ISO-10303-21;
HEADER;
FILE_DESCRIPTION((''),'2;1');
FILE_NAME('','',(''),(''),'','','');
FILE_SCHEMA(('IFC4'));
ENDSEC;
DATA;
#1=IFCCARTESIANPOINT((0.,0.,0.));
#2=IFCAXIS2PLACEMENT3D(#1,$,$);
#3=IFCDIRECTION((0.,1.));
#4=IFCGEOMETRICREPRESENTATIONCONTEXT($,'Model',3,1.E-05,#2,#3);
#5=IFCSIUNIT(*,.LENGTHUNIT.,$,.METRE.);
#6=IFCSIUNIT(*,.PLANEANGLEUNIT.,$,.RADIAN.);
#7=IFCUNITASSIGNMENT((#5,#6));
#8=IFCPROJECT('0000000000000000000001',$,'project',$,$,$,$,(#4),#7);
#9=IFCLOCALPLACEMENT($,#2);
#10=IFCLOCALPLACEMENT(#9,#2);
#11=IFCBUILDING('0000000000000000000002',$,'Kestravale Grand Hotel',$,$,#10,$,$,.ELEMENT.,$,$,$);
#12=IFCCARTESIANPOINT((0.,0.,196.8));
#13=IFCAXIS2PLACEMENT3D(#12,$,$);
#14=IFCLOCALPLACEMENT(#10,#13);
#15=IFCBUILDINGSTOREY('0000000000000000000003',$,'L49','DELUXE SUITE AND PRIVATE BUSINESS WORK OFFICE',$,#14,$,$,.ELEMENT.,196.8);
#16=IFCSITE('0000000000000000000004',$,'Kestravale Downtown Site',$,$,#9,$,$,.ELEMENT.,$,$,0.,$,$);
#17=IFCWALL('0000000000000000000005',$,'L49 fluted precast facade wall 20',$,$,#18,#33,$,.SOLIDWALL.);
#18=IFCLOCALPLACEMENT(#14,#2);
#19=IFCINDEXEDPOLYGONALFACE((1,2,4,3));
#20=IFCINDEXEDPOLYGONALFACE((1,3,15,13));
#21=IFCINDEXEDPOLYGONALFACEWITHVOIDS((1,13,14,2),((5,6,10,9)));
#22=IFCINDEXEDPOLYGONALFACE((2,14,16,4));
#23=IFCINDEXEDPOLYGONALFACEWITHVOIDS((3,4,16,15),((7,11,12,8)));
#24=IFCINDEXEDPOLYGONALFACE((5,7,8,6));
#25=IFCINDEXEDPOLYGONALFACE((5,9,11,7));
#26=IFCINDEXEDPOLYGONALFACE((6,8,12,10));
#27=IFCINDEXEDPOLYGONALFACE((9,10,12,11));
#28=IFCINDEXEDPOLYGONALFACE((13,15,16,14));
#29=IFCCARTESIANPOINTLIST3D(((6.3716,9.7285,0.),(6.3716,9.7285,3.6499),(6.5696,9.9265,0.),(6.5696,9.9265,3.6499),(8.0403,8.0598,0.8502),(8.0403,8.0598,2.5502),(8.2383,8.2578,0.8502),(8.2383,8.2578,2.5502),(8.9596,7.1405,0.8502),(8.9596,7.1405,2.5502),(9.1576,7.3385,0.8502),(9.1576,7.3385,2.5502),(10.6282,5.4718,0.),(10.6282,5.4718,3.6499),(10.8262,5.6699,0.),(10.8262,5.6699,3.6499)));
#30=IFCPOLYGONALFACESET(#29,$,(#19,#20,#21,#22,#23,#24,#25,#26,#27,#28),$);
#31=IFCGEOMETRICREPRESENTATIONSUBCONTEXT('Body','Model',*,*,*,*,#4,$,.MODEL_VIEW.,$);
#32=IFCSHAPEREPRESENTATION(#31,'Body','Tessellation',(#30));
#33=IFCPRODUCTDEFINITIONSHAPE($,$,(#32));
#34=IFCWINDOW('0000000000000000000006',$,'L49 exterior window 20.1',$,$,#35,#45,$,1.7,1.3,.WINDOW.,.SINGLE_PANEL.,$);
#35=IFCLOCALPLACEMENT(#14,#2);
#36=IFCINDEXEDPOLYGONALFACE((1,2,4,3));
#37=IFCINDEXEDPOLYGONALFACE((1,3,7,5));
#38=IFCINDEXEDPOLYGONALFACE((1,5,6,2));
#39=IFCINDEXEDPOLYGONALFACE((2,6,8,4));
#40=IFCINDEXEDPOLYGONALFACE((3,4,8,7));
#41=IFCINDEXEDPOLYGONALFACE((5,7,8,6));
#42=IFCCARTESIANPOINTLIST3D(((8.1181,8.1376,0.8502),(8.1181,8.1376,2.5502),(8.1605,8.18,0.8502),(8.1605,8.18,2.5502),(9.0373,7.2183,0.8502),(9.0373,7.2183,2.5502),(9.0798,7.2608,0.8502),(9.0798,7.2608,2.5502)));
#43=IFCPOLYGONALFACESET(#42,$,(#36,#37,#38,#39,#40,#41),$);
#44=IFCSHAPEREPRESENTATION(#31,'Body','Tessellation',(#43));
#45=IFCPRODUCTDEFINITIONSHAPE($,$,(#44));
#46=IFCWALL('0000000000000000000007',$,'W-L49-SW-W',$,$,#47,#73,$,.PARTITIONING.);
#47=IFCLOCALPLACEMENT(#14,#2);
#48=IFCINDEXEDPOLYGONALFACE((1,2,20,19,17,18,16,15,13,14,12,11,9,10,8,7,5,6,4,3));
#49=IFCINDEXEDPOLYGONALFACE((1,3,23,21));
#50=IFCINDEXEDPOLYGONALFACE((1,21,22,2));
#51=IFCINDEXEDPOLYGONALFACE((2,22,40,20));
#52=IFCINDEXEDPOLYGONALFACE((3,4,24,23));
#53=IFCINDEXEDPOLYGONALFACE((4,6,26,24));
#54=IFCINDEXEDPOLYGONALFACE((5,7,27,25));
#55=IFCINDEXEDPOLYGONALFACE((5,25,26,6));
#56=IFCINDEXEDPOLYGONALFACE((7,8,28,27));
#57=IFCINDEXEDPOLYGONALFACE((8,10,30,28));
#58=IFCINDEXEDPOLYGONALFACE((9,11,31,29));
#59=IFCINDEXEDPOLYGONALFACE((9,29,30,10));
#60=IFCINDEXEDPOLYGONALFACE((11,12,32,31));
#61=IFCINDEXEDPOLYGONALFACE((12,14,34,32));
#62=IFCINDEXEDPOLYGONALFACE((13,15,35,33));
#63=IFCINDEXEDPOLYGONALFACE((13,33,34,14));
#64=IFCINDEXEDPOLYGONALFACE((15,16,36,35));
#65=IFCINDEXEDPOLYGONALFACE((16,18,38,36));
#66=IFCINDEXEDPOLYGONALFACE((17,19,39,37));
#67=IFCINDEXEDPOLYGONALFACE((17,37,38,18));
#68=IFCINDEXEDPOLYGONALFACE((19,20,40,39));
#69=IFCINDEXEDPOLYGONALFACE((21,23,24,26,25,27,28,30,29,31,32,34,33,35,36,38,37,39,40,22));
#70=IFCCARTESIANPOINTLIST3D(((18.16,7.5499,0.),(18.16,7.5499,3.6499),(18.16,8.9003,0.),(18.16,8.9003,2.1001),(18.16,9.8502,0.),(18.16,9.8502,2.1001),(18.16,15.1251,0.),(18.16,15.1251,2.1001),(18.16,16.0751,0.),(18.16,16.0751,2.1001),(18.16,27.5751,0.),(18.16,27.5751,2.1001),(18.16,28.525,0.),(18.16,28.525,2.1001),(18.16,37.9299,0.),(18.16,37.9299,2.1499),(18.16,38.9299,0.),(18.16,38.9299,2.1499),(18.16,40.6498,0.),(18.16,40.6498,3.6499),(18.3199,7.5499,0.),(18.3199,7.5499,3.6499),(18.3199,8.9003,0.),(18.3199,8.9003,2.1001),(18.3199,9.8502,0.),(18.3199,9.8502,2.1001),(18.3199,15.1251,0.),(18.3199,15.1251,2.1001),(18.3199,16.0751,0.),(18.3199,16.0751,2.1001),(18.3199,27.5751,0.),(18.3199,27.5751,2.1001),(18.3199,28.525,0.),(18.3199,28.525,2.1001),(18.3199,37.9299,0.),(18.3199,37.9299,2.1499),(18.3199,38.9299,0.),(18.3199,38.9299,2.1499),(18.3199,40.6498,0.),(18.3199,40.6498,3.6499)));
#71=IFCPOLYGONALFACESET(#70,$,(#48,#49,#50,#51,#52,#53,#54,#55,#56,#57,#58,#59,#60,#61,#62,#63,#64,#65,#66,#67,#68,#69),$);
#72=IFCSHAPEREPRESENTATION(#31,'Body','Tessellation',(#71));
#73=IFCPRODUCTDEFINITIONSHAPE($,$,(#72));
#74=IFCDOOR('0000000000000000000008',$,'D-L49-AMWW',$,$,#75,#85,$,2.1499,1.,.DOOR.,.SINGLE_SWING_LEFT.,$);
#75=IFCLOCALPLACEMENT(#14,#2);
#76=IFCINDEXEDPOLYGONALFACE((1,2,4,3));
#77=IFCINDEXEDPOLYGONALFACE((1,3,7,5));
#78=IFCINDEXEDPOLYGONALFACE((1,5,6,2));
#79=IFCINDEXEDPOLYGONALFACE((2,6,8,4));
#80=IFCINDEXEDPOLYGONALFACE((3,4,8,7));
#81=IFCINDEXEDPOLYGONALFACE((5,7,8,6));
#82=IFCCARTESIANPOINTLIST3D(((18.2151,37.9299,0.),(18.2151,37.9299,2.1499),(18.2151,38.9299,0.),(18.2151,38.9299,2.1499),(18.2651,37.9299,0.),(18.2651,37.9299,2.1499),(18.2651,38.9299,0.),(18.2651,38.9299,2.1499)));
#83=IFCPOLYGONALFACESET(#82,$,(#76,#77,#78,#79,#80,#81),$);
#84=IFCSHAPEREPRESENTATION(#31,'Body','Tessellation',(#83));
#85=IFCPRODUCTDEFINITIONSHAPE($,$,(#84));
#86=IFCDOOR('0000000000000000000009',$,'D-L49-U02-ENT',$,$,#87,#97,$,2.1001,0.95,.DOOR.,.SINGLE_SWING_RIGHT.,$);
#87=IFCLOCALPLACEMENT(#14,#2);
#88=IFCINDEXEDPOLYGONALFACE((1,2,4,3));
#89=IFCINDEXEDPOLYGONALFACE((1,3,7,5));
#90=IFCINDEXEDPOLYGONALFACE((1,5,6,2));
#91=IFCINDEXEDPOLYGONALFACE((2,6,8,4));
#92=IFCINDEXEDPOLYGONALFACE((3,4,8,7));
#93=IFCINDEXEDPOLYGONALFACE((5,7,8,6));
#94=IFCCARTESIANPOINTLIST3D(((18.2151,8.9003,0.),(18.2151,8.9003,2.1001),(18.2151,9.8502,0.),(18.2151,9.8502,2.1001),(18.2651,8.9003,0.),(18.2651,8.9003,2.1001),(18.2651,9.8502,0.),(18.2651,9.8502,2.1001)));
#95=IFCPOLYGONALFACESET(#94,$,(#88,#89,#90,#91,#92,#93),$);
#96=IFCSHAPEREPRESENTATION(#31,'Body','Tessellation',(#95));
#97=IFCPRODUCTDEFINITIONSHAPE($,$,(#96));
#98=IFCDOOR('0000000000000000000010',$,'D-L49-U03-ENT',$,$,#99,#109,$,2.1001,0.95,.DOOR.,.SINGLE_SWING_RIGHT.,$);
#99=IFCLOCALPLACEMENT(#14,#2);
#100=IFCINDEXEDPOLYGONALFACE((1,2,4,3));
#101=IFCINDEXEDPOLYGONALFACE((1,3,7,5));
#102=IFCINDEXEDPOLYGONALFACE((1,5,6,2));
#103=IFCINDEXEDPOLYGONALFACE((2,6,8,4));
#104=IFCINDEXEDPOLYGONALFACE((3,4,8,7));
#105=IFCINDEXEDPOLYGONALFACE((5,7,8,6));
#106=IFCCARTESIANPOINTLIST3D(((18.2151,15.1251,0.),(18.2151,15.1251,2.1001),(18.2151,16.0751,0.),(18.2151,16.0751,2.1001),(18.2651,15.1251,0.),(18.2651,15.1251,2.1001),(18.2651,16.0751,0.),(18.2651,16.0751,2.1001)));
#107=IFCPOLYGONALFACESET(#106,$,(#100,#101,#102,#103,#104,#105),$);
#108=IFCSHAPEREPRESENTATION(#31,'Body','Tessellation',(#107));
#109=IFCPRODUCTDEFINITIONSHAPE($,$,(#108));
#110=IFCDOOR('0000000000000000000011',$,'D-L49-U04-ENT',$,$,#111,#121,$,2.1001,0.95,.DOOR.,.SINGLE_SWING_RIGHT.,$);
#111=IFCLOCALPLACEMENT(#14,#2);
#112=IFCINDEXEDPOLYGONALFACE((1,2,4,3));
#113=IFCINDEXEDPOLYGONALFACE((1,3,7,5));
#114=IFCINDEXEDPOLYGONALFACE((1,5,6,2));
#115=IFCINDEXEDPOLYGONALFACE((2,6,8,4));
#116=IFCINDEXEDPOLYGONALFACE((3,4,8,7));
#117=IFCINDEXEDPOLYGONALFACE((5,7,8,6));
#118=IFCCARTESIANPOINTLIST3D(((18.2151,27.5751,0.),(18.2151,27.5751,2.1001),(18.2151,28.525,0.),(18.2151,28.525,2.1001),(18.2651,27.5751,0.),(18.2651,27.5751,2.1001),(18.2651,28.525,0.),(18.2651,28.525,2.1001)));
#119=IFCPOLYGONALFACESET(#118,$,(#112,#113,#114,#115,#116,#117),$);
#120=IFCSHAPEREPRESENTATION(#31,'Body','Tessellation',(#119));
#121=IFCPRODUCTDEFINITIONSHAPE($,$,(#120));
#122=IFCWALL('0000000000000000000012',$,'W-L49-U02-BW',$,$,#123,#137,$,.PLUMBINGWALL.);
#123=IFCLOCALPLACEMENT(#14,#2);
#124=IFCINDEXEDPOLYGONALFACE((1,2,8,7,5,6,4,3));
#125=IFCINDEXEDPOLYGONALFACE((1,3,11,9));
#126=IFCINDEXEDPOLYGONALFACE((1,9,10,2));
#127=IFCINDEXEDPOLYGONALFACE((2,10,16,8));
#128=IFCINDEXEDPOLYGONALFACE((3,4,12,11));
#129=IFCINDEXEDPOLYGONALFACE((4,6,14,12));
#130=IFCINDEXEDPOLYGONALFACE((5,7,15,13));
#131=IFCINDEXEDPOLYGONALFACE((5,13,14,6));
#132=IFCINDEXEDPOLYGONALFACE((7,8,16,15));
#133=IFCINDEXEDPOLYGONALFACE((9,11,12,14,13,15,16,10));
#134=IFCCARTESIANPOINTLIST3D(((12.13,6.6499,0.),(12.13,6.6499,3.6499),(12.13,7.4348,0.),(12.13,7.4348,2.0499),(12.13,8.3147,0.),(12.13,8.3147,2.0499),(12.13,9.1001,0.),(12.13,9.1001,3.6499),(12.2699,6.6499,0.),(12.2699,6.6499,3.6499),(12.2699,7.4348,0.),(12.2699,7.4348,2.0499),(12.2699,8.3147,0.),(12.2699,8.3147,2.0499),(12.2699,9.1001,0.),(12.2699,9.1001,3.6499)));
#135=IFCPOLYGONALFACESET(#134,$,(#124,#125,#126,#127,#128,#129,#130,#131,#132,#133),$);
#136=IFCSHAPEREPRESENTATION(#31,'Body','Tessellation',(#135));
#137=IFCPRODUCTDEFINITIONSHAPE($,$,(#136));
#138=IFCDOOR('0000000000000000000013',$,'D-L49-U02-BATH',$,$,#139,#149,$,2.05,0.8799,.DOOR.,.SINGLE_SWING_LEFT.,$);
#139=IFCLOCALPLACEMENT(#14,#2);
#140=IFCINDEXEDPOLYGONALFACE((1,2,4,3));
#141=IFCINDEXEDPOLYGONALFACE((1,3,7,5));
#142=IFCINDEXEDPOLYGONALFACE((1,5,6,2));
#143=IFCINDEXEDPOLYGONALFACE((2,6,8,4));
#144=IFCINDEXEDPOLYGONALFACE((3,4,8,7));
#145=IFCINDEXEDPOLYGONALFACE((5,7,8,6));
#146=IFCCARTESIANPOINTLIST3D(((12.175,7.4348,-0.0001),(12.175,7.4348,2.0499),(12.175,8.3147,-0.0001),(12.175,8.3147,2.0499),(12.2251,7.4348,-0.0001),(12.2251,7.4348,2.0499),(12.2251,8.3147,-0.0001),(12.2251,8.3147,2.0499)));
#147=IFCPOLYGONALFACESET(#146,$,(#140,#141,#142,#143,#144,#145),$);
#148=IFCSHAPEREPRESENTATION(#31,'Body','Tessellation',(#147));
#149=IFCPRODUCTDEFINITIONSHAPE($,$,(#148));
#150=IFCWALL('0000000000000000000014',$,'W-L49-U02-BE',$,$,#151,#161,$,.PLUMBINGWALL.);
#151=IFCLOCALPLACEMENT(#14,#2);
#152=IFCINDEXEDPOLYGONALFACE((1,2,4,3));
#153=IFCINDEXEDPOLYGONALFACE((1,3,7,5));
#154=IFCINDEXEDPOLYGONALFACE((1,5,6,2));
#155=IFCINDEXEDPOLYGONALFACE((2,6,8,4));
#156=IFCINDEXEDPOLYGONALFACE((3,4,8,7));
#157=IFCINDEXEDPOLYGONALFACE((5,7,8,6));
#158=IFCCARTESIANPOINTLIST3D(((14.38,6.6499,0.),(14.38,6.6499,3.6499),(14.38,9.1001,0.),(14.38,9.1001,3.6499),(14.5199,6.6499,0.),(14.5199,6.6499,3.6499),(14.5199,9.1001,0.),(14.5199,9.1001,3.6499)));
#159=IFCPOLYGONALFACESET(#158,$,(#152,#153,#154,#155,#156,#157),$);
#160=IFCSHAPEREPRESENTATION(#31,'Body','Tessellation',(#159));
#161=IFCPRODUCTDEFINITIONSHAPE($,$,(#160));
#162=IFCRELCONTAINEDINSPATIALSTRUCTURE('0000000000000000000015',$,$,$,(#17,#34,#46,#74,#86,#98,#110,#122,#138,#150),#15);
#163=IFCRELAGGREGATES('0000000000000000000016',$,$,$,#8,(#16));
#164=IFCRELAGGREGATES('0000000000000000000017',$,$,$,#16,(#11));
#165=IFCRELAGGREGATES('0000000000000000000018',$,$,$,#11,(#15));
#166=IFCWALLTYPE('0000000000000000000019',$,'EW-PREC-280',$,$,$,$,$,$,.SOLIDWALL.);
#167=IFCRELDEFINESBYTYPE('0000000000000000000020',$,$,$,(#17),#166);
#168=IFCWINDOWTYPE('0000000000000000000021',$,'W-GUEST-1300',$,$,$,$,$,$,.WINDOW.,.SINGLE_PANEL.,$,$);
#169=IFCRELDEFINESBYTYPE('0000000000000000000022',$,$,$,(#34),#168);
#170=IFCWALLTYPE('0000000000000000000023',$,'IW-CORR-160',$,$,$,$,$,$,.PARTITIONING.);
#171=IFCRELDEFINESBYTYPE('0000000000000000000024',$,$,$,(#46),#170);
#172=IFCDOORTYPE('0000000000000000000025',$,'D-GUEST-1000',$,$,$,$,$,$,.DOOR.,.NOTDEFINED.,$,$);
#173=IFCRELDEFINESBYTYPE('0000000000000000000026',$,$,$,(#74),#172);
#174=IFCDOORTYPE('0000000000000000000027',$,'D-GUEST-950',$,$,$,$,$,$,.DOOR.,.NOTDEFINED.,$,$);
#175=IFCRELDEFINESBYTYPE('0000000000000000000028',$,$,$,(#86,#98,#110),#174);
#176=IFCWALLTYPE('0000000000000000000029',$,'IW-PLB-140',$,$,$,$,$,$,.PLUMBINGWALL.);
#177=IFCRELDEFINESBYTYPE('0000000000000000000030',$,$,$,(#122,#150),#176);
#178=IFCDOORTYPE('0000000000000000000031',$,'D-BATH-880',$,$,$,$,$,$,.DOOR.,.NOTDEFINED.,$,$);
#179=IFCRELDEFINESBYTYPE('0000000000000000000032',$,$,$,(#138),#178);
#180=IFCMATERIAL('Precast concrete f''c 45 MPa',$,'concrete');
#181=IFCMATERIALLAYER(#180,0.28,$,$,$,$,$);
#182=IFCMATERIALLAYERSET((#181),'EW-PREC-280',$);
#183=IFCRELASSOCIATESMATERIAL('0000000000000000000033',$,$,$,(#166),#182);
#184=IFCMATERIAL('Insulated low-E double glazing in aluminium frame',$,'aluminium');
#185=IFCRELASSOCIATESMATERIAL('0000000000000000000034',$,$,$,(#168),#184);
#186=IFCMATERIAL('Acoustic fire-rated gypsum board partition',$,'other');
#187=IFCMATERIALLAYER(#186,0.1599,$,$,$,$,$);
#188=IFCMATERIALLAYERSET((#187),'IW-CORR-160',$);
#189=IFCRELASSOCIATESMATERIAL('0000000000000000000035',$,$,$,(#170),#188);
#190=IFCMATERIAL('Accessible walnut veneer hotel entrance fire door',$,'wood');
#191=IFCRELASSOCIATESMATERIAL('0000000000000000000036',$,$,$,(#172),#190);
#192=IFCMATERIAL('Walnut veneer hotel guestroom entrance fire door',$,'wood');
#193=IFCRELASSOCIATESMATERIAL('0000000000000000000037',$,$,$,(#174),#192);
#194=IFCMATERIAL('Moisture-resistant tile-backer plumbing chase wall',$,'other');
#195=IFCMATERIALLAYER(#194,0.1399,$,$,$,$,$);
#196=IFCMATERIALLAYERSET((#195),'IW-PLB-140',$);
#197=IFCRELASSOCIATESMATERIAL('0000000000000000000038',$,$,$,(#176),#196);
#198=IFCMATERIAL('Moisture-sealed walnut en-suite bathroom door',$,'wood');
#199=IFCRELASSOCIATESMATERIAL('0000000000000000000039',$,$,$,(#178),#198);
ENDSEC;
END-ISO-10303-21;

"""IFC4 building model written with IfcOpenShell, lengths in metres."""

from ifc_helpers import new_model, si_unit, direction, frame, frame_2d, origin, place, context, subcontext, project, spatial, rectangle, extrude, material, layer, layer_set, type_object, element, fill, save


model = new_model("IFC4")

# Units and contexts
model_context = context("Model", 3, precision=1e-05, world=origin(), true_north=direction((0.0, 1.0)))
body_context = subcontext(model_context, "Body", "Model", "MODEL_VIEW")
ifc_project = project(units=[si_unit("LENGTHUNIT", "METRE"), si_unit("PLANEANGLEUNIT", "RADIAN")], contexts=[model_context])

# Site, building, storey
site_placement = place(None, origin())
site = spatial("IfcSite", under=ifc_project, at=site_placement, Name="Kestravale Downtown Site", CompositionType="ELEMENT", RefElevation=0.0)
building_placement = place(site_placement, origin())
building = spatial("IfcBuilding", under=site, at=building_placement, Name="Kestravale Grand Hotel", CompositionType="ELEMENT")
storey_placement = place(building_placement, frame((0.0, 0.0, 196.8)))
storey = spatial("IfcBuildingStorey", under=building, at=storey_placement, Name="L49", Description="DELUXE SUITE AND PRIVATE BUSINESS WORK OFFICE", CompositionType="ELEMENT", Elevation=196.8)

# Shared definitions
ifc_material_1 = material(Name="Precast concrete f'c 45 MPa", Category="concrete")
ifc_layer_1 = layer(ifc_material_1, 0.28)
ifc_layer_set_1 = layer_set([ifc_layer_1], Name="EW-PREC-280")
wall_type_1 = type_object("IfcWallType", Name="EW-PREC-280", PredefinedType="SOLIDWALL", material=ifc_layer_set_1)
ifc_material_2 = material(Name="Insulated low-E double glazing in aluminium frame", Category="aluminium")
window_type = type_object("IfcWindowType", Name="W-GUEST-1300", PartitioningType="SINGLE_PANEL", PredefinedType="WINDOW", material=ifc_material_2)

# Wall, opening, window
wall_1_placement = place(storey_placement, frame((6.4707, 9.8274, 0.0), z_axis=(0.0, 0.0, 1.0), x_axis=(0.707107, -0.707107, 0.0)))
wall_1 = element("IfcWall", 1, at=wall_1_placement, inside=storey, type_object=wall_type_1, Name="L49 fluted precast facade wall 20", PredefinedType="SOLIDWALL", context=body_context, shape_type="SweptSolid", body=[
    extrude(rectangle(XDim=6.0198, YDim=0.28, at=frame_2d((3.0098, 0.0))), origin(), (0.0, 0.0, 1.0), 3.6499),
])
opening_1_placement = place(wall_1_placement, frame((2.3599, 0.0, 0.8501)))
opening_1 = element("IfcOpeningElement", 2, at=opening_1_placement, cuts=wall_1, PredefinedType="OPENING", context=body_context, shape_type="SweptSolid", body=[
    extrude(rectangle(XDim=1.3, YDim=1.7, at=frame_2d((0.6499, 0.8501))), frame((0.0, 0.1499, 0.0), z_axis=(0.0, -1.0, 0.0), x_axis=(1.0, 0.0, 0.0)), (0.0, 0.0, 1.0), 0.3),
])
window_1_placement = place(opening_1_placement, origin())
window_1 = element("IfcWindow", 3, at=window_1_placement, inside=storey, type_object=window_type, Name="L49 exterior window 20.1", OverallHeight=1.7, OverallWidth=1.3, PartitioningType="SINGLE_PANEL", PredefinedType="WINDOW", context=body_context, shape_type="SweptSolid", body=[
    extrude(rectangle(XDim=1.3, YDim=1.7, at=frame_2d((0.6499, 0.8501))), frame((0.0, 0.03, 0.0), z_axis=(0.0, -1.0, 0.0), x_axis=(1.0, 0.0, 0.0)), (0.0, 0.0, 1.0), 0.0601),
])
fill(opening_1, window_1)

# Wall, openings, doors
ifc_material_3 = material(Name="Acoustic fire-rated gypsum board partition", Category="other")
ifc_layer_2 = layer(ifc_material_3, 0.1599)
ifc_layer_set_2 = layer_set([ifc_layer_2], Name="IW-CORR-160")
wall_type_2 = type_object("IfcWallType", Name="IW-CORR-160", PredefinedType="PARTITIONING", material=ifc_layer_set_2)
wall_2_placement = place(storey_placement, frame((18.24, 7.55, 0.0), z_axis=(0.0, 0.0, 1.0), x_axis=(0.0, 1.0, 0.0)))
wall_2 = element("IfcWall", 4, at=wall_2_placement, inside=storey, type_object=wall_type_2, Name="W-L49-SW-W", PredefinedType="PARTITIONING", context=body_context, shape_type="SweptSolid", body=[
    extrude(rectangle(XDim=33.0999, YDim=0.1599, at=frame_2d((16.5498, 0.0))), origin(), (0.0, 0.0, 1.0), 3.6499),
])
opening_2_placement = place(wall_2_placement, frame((1.3501, 0.0, 0.0)))
opening_2 = element("IfcOpeningElement", 5, at=opening_2_placement, cuts=wall_2, PredefinedType="OPENING", context=body_context, shape_type="SweptSolid", body=[
    extrude(rectangle(XDim=0.95, YDim=2.1001, at=frame_2d((0.4751, 1.05))), frame((0.0, 0.0898, 0.0), z_axis=(0.0, -1.0, 0.0), x_axis=(1.0, 0.0, 0.0)), (0.0, 0.0, 1.0), 0.1799),
])
opening_3_placement = place(wall_2_placement, frame((7.575, 0.0, 0.0)))
opening_3 = element("IfcOpeningElement", 6, at=opening_3_placement, cuts=wall_2, PredefinedType="OPENING", context=body_context, shape_type="SweptSolid", body=[
    extrude(rectangle(XDim=0.95, YDim=2.1001, at=frame_2d((0.4751, 1.05))), frame((0.0, 0.0898, 0.0), z_axis=(0.0, -1.0, 0.0), x_axis=(1.0, 0.0, 0.0)), (0.0, 0.0, 1.0), 0.1799),
])
opening_4_placement = place(wall_2_placement, frame((20.0249, 0.0, 0.0)))
opening_4 = element("IfcOpeningElement", 7, at=opening_4_placement, cuts=wall_2, PredefinedType="OPENING", context=body_context, shape_type="SweptSolid", body=[
    extrude(rectangle(XDim=0.95, YDim=2.1001, at=frame_2d((0.4751, 1.05))), frame((0.0, 0.0898, 0.0), z_axis=(0.0, -1.0, 0.0), x_axis=(1.0, 0.0, 0.0)), (0.0, 0.0, 1.0), 0.1799),
])
opening_5_placement = place(wall_2_placement, frame((30.3799, 0.0, 0.0)))
opening_5 = element("IfcOpeningElement", 8, at=opening_5_placement, cuts=wall_2, PredefinedType="OPENING", context=body_context, shape_type="SweptSolid", body=[
    extrude(rectangle(XDim=1.0, YDim=2.1499, at=frame_2d((0.5, 1.075))), frame((0.0, 0.0898, 0.0), z_axis=(0.0, -1.0, 0.0), x_axis=(1.0, 0.0, 0.0)), (0.0, 0.0, 1.0), 0.1799),
])
ifc_material_4 = material(Name="Accessible walnut veneer hotel entrance fire door", Category="wood")
door_type_1 = type_object("IfcDoorType", Name="D-GUEST-1000", OperationType="NOTDEFINED", PredefinedType="DOOR", material=ifc_material_4)
door_1_placement = place(opening_5_placement, origin())
door_1 = element("IfcDoor", 9, at=door_1_placement, inside=storey, type_object=door_type_1, Name="D-L49-AMWW", OperationType="SINGLE_SWING_LEFT", OverallHeight=2.1499, OverallWidth=1.0, PredefinedType="DOOR", context=body_context, shape_type="SweptSolid", body=[
    extrude(rectangle(XDim=1.0, YDim=2.1499, at=frame_2d((0.5, 1.075))), frame((0.0, 0.0249, 0.0), z_axis=(0.0, -1.0, 0.0), x_axis=(1.0, 0.0, 0.0)), (0.0, 0.0, 1.0), 0.05),
])
fill(opening_5, door_1)
ifc_material_5 = material(Name="Walnut veneer hotel guestroom entrance fire door", Category="wood")
door_type_2 = type_object("IfcDoorType", Name="D-GUEST-950", OperationType="NOTDEFINED", PredefinedType="DOOR", material=ifc_material_5)
door_2_placement = place(opening_2_placement, origin())
door_2 = element("IfcDoor", 10, at=door_2_placement, inside=storey, type_object=door_type_2, Name="D-L49-U02-ENT", OperationType="SINGLE_SWING_RIGHT", OverallHeight=2.1001, OverallWidth=0.95, PredefinedType="DOOR", context=body_context, shape_type="SweptSolid", body=[
    extrude(rectangle(XDim=0.95, YDim=2.1001, at=frame_2d((0.4751, 1.05))), frame((0.0, 0.0249, 0.0), z_axis=(0.0, -1.0, 0.0), x_axis=(1.0, 0.0, 0.0)), (0.0, 0.0, 1.0), 0.05),
])
fill(opening_2, door_2)
door_3_placement = place(opening_3_placement, origin())
door_3 = element("IfcDoor", 11, at=door_3_placement, inside=storey, type_object=door_type_2, Name="D-L49-U03-ENT", OperationType="SINGLE_SWING_RIGHT", OverallHeight=2.1001, OverallWidth=0.95, PredefinedType="DOOR", context=body_context, shape_type="SweptSolid", body=[
    extrude(rectangle(XDim=0.95, YDim=2.1001, at=frame_2d((0.4751, 1.05))), frame((0.0, 0.0249, 0.0), z_axis=(0.0, -1.0, 0.0), x_axis=(1.0, 0.0, 0.0)), (0.0, 0.0, 1.0), 0.05),
])
fill(opening_3, door_3)
door_4_placement = place(opening_4_placement, origin())
door_4 = element("IfcDoor", 12, at=door_4_placement, inside=storey, type_object=door_type_2, Name="D-L49-U04-ENT", OperationType="SINGLE_SWING_RIGHT", OverallHeight=2.1001, OverallWidth=0.95, PredefinedType="DOOR", context=body_context, shape_type="SweptSolid", body=[
    extrude(rectangle(XDim=0.95, YDim=2.1001, at=frame_2d((0.4751, 1.05))), frame((0.0, 0.0249, 0.0), z_axis=(0.0, -1.0, 0.0), x_axis=(1.0, 0.0, 0.0)), (0.0, 0.0, 1.0), 0.05),
])
fill(opening_4, door_4)

# Wall, opening, door
ifc_material_6 = material(Name="Moisture-resistant tile-backer plumbing chase wall", Category="other")
ifc_layer_3 = layer(ifc_material_6, 0.1399)
ifc_layer_set_3 = layer_set([ifc_layer_3], Name="IW-PLB-140")
wall_type_3 = type_object("IfcWallType", Name="IW-PLB-140", PredefinedType="PLUMBINGWALL", material=ifc_layer_set_3)
wall_3_placement = place(storey_placement, frame((12.2, 6.6499, 0.0), z_axis=(0.0, 0.0, 1.0), x_axis=(0.0, 1.0, 0.0)))
wall_3 = element("IfcWall", 13, at=wall_3_placement, inside=storey, type_object=wall_type_3, Name="W-L49-U02-BW", PredefinedType="PLUMBINGWALL", context=body_context, shape_type="SweptSolid", body=[
    extrude(rectangle(XDim=2.4502, YDim=0.1399, at=frame_2d((1.2251, 0.0))), origin(), (0.0, 0.0, 1.0), 3.6499),
])
opening_6_placement = place(wall_3_placement, frame((0.7849, 0.0, 0.0)))
opening_6 = element("IfcOpeningElement", 14, at=opening_6_placement, cuts=wall_3, PredefinedType="OPENING", context=body_context, shape_type="SweptSolid", body=[
    extrude(rectangle(XDim=0.8799, YDim=2.05, at=frame_2d((0.4399, 1.0249))), frame((0.0, 0.0798, 0.0), z_axis=(0.0, -1.0, 0.0), x_axis=(1.0, 0.0, 0.0)), (0.0, 0.0, 1.0), 0.1599),
])
ifc_material_7 = material(Name="Moisture-sealed walnut en-suite bathroom door", Category="wood")
door_type_3 = type_object("IfcDoorType", Name="D-BATH-880", OperationType="NOTDEFINED", PredefinedType="DOOR", material=ifc_material_7)
door_5_placement = place(opening_6_placement, origin())
door_5 = element("IfcDoor", 15, at=door_5_placement, inside=storey, type_object=door_type_3, Name="D-L49-U02-BATH", OperationType="SINGLE_SWING_LEFT", OverallHeight=2.05, OverallWidth=0.8799, PredefinedType="DOOR", context=body_context, shape_type="SweptSolid", body=[
    extrude(rectangle(XDim=0.8799, YDim=2.05, at=frame_2d((0.4399, 1.0249))), frame((0.0, 0.0249, 0.0), z_axis=(0.0, -1.0, 0.0), x_axis=(1.0, 0.0, 0.0)), (0.0, 0.0, 1.0), 0.05),
])
fill(opening_6, door_5)

# Wall
wall_4_placement = place(storey_placement, frame((14.45, 6.6499, 0.0), z_axis=(0.0, 0.0, 1.0), x_axis=(0.0, 1.0, 0.0)))
element("IfcWall", 16, at=wall_4_placement, inside=storey, type_object=wall_type_3, Name="W-L49-U02-BE", PredefinedType="PLUMBINGWALL", context=body_context, shape_type="SweptSolid", body=[
    extrude(rectangle(XDim=2.4502, YDim=0.1399, at=frame_2d((1.2251, 0.0))), origin(), (0.0, 0.0, 1.0), 3.6499),
])

save(model, "model.ifc")
